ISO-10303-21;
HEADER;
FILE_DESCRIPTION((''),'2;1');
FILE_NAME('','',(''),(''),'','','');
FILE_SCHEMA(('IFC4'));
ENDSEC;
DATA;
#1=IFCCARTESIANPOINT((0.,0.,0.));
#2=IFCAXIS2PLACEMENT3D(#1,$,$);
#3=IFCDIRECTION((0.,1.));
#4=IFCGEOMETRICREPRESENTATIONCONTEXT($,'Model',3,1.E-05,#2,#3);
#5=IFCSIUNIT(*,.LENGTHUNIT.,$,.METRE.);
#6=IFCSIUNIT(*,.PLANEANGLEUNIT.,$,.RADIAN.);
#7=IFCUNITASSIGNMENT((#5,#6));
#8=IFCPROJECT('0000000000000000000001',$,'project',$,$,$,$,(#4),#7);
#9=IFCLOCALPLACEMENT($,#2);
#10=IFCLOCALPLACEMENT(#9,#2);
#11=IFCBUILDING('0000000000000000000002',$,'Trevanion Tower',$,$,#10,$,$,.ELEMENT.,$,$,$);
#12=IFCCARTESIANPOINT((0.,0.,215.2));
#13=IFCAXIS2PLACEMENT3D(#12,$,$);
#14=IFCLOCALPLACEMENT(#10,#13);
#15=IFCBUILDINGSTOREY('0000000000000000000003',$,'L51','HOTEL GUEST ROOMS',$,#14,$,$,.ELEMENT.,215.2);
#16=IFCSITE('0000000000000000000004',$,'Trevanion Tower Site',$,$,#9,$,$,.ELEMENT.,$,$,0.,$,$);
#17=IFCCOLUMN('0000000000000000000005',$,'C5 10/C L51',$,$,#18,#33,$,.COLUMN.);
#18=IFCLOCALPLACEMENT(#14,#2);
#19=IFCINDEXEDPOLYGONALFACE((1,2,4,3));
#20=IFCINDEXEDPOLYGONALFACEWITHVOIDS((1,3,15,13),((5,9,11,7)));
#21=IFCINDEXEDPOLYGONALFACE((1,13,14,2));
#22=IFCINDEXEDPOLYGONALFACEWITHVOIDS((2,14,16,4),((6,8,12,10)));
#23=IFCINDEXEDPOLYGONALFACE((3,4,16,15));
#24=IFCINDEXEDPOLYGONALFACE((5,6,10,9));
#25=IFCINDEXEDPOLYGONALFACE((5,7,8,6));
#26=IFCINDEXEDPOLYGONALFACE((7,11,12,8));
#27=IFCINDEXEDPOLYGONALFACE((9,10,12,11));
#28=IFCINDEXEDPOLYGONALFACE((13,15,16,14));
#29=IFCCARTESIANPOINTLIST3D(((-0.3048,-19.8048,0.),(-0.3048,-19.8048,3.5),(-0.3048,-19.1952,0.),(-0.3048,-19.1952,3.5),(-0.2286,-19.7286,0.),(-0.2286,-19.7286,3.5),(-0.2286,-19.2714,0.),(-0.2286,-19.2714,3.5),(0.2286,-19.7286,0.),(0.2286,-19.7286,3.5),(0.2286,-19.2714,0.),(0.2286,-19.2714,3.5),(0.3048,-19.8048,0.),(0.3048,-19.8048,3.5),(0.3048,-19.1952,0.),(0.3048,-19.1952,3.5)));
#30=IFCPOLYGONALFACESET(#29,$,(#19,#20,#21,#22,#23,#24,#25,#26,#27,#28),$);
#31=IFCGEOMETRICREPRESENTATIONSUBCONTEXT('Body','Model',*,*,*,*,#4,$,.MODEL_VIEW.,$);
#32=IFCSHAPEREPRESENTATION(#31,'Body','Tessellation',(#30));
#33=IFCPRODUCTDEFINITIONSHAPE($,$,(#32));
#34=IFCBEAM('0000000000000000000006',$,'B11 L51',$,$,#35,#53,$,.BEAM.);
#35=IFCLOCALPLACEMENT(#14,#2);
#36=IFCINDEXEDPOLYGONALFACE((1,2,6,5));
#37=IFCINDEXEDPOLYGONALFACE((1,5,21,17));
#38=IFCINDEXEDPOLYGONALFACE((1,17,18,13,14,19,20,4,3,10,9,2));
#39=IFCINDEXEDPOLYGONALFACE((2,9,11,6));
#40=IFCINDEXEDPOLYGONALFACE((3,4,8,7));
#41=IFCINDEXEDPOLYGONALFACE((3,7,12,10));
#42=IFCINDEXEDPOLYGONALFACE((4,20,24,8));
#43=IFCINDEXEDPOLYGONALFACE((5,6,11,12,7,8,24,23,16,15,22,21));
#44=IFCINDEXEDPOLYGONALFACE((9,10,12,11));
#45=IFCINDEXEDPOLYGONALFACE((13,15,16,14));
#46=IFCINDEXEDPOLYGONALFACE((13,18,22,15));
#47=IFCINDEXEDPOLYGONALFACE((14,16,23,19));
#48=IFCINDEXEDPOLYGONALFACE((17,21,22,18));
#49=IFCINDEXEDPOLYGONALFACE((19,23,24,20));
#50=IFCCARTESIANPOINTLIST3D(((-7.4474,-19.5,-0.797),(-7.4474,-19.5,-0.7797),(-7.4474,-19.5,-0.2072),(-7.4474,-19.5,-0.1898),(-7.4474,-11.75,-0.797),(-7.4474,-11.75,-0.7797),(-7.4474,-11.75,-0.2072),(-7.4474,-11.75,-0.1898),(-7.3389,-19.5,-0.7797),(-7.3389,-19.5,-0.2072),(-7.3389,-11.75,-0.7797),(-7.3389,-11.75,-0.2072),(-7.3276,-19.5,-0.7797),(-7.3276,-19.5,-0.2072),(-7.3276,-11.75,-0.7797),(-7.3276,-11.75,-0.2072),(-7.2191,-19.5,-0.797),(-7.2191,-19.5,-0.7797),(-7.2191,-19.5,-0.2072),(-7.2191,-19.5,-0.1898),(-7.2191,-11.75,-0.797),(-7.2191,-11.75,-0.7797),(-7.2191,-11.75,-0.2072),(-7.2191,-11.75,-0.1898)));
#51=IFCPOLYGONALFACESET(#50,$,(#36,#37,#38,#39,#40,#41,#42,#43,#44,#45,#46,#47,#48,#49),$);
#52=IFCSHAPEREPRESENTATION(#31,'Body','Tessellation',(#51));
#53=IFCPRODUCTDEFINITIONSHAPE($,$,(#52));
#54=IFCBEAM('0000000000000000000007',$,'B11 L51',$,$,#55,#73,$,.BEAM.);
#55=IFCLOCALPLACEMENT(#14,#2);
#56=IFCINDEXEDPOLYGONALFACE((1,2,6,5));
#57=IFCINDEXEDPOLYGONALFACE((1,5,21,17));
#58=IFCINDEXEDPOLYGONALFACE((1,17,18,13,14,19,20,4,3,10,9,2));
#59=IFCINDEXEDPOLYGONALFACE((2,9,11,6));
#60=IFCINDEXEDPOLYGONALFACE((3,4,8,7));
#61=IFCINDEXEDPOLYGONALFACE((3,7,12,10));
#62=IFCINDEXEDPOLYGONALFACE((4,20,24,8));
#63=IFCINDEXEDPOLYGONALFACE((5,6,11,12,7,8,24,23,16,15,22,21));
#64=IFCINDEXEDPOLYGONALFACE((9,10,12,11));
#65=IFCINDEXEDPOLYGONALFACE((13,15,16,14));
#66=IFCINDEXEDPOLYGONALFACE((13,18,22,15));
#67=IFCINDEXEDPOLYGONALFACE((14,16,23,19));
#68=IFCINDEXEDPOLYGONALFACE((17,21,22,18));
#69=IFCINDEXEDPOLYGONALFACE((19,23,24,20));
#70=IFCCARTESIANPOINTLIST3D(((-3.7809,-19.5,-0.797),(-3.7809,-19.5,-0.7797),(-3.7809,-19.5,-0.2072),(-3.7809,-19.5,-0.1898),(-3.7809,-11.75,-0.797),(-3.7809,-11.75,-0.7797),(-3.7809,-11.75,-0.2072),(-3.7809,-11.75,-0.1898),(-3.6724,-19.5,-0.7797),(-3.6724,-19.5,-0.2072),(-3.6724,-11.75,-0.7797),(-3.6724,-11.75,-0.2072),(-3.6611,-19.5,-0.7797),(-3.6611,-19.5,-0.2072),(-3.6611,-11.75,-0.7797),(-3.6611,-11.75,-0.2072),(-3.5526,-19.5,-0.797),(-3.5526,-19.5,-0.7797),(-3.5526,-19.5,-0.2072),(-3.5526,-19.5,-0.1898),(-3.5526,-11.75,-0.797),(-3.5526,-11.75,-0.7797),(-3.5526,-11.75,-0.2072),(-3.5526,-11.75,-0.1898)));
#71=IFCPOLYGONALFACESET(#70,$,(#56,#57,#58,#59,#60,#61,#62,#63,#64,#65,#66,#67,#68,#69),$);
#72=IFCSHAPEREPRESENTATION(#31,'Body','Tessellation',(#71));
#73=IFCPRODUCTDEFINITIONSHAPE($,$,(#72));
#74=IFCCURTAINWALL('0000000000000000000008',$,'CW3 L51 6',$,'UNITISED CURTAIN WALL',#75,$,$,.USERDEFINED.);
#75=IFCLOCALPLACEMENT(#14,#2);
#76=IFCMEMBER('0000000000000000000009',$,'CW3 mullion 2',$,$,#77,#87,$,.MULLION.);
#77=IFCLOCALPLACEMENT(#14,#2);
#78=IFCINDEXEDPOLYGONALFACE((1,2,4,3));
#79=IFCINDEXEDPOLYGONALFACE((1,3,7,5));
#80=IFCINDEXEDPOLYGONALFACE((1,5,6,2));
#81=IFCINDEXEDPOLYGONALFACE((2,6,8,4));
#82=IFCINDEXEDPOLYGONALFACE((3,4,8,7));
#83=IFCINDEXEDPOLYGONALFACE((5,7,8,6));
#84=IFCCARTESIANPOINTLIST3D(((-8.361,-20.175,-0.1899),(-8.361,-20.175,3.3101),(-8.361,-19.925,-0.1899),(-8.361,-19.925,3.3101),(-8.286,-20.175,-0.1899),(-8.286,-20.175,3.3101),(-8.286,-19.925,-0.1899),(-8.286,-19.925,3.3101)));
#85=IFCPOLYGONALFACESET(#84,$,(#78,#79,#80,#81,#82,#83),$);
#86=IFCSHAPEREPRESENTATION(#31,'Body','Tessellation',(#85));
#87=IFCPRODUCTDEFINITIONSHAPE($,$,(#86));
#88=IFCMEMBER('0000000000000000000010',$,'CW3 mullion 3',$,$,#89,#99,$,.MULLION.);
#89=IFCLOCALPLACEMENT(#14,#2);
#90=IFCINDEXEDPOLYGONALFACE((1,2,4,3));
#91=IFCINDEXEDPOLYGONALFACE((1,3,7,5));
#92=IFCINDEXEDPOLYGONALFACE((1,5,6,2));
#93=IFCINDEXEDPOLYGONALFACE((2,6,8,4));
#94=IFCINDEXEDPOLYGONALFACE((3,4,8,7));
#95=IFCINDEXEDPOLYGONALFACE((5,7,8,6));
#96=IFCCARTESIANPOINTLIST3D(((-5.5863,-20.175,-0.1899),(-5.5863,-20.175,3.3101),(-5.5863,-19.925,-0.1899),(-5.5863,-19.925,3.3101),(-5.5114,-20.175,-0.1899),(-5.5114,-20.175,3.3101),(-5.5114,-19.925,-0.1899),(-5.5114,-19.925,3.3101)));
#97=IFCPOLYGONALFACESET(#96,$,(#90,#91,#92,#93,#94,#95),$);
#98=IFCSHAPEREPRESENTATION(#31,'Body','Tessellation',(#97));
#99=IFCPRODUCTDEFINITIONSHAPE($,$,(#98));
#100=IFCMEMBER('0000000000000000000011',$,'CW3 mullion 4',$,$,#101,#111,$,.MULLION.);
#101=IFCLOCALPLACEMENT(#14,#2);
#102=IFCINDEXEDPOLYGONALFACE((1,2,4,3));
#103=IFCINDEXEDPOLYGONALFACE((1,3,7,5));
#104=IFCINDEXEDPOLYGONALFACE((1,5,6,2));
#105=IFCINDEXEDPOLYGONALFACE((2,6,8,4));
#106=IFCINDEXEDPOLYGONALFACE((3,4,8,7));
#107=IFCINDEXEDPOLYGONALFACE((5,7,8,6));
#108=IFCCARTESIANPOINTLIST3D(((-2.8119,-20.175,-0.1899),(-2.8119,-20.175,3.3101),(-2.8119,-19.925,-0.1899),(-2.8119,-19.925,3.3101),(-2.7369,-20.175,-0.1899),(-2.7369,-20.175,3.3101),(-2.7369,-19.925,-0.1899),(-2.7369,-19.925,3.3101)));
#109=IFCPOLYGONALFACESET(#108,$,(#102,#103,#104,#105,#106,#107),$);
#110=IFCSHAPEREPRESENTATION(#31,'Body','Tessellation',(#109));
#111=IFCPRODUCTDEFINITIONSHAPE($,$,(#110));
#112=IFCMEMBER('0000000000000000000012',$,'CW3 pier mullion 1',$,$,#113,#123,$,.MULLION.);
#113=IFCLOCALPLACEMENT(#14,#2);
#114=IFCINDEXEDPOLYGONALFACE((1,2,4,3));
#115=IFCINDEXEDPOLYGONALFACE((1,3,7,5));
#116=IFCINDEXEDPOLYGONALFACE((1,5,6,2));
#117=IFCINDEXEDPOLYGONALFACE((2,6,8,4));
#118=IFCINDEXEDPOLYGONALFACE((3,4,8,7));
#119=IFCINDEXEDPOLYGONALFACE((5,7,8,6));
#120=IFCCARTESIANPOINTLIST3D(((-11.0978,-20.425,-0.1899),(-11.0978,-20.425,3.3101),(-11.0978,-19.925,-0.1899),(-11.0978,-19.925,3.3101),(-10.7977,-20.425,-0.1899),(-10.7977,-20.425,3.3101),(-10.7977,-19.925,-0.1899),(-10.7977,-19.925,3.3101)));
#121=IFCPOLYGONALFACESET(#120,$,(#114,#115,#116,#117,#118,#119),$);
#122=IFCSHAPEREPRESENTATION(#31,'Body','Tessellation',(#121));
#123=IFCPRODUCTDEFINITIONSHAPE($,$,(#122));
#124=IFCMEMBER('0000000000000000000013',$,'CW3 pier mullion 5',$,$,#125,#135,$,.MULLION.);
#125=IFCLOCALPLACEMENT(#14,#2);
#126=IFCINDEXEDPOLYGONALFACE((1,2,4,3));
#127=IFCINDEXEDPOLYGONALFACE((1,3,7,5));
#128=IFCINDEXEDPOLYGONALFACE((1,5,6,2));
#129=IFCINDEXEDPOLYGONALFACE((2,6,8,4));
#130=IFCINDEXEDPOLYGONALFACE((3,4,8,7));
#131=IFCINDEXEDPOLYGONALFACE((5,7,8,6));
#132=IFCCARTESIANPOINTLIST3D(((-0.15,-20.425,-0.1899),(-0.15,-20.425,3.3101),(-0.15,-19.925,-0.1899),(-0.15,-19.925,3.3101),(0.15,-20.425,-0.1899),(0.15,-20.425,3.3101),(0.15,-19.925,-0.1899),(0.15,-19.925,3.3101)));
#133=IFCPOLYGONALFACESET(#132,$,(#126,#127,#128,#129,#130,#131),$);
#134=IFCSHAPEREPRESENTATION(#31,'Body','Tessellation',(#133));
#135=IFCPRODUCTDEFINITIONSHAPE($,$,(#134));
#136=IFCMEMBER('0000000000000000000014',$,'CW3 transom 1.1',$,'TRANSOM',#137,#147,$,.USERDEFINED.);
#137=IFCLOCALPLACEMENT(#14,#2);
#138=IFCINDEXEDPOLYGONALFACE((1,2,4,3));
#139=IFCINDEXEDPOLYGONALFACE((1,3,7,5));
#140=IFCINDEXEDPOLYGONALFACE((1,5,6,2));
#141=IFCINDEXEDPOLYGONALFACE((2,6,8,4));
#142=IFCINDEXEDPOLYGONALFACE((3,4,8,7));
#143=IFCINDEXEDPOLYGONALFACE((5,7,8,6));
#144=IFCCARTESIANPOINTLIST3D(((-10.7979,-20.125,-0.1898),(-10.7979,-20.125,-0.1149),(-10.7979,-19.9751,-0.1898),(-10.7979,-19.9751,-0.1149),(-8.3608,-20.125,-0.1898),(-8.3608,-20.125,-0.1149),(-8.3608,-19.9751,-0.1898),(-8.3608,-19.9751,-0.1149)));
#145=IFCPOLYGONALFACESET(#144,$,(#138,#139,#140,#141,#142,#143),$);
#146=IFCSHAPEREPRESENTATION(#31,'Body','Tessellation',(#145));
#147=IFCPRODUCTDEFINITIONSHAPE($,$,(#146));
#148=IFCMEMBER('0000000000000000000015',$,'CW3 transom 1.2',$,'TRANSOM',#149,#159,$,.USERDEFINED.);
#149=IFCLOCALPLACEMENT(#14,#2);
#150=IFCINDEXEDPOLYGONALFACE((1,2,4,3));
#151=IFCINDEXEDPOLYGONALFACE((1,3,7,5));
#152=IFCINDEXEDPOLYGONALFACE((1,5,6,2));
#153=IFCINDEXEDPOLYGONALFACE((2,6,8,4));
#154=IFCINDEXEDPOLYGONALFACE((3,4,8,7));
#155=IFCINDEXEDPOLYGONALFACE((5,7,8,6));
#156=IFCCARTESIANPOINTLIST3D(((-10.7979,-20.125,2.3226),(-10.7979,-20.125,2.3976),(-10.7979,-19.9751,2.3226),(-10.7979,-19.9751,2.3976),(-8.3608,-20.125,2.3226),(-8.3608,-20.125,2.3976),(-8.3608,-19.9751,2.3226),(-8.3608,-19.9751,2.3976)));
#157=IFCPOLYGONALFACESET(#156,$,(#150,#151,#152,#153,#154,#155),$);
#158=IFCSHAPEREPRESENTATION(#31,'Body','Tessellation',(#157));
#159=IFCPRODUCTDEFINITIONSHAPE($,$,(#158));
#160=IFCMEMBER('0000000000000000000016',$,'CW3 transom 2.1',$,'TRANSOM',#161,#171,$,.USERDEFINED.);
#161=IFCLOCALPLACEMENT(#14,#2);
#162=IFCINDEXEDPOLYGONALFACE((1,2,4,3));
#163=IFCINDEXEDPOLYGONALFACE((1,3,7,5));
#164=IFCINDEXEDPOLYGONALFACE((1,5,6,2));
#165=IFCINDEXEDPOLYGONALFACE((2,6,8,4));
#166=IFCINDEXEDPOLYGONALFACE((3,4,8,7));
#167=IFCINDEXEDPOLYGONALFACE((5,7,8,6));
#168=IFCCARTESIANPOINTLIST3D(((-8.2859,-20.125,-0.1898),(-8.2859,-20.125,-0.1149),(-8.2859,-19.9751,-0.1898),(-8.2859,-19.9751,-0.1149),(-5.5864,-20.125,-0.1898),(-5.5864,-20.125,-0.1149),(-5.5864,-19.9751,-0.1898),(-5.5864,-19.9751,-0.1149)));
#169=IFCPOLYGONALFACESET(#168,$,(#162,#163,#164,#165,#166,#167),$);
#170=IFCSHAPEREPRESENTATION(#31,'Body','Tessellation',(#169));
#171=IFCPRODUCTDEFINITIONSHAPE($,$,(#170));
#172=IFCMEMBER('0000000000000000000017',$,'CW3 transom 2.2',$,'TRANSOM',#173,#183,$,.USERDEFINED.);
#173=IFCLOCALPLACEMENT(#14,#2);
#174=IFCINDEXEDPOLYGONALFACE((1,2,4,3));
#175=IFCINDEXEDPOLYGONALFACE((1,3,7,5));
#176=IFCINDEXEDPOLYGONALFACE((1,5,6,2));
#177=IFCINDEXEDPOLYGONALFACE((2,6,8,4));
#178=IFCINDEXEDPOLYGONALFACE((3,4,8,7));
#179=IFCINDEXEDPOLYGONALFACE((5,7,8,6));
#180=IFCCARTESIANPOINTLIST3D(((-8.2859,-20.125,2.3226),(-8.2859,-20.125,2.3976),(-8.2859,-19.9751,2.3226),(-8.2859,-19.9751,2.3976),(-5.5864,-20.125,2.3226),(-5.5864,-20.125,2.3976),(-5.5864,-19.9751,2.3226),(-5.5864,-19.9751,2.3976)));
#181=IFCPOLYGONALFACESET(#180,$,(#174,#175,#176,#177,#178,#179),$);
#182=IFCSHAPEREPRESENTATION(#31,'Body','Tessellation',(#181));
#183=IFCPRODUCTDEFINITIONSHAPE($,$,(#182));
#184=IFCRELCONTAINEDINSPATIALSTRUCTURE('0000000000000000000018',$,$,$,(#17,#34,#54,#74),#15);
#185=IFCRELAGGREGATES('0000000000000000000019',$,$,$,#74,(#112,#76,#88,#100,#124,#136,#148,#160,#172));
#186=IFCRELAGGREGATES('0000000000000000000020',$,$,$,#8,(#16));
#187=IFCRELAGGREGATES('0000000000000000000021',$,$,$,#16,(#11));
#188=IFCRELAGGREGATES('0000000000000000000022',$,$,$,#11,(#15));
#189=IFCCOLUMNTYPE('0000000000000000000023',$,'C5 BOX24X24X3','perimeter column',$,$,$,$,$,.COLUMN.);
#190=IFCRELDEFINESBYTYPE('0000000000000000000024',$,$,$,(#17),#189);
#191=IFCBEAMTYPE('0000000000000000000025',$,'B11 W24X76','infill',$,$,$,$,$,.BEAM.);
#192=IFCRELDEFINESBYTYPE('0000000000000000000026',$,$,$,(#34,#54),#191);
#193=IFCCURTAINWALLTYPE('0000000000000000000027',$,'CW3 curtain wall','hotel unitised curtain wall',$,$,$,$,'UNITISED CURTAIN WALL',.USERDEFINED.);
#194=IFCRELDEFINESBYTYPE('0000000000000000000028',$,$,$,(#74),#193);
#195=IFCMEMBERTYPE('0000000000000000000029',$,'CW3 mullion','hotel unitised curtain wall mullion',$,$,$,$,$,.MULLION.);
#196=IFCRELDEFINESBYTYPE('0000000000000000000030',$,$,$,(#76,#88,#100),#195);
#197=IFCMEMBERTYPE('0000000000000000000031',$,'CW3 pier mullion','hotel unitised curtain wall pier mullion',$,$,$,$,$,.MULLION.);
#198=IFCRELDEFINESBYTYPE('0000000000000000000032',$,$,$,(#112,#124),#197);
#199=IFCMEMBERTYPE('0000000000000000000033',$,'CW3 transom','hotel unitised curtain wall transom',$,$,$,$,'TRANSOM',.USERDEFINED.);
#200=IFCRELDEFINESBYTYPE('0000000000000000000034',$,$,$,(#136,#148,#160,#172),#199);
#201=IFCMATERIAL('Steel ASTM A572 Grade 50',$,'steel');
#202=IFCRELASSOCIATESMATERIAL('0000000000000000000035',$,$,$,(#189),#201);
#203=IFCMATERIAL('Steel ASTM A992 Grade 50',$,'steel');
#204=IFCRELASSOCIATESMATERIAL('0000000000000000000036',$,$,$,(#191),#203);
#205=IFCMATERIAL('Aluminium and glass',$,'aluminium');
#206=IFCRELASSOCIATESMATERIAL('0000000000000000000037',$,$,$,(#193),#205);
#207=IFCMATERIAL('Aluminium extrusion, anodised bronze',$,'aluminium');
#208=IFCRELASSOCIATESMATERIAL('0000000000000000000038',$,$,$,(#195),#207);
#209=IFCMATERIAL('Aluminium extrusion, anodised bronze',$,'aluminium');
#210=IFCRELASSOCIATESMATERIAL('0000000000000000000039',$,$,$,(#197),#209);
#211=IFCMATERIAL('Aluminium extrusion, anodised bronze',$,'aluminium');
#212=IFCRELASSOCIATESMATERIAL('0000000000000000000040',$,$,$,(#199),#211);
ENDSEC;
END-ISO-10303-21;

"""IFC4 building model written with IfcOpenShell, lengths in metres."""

from ifc_helpers import new_model, si_unit, direction, frame, origin, origin_2d, place, context, subcontext, project, spatial, rectangle, hollow_rectangle, i_section, extrude, material, material_profile, profile_set, type_object, element, aggregate, save


model = new_model("IFC4")

# Units and contexts
model_context = context("Model", 3, precision=1e-05, world=origin(), true_north=direction((0.0, 1.0)))
body_context = subcontext(model_context, "Body", "Model", "MODEL_VIEW")
ifc_project = project(units=[si_unit("LENGTHUNIT", "METRE"), si_unit("PLANEANGLEUNIT", "RADIAN")], contexts=[model_context])

# Site, building, storey
site_placement = place(None, origin())
site = spatial("IfcSite", under=ifc_project, at=site_placement, Name="Trevanion Tower Site", CompositionType="ELEMENT", RefElevation=0.0)
building_placement = place(site_placement, origin())
building = spatial("IfcBuilding", under=site, at=building_placement, Name="Trevanion Tower", CompositionType="ELEMENT")
storey_placement = place(building_placement, frame((0.0, 0.0, 215.2)))
storey = spatial("IfcBuildingStorey", under=building, at=storey_placement, Name="L51", Description="HOTEL GUEST ROOMS", CompositionType="ELEMENT", Elevation=215.2)

# Column
ifc_material_1 = material(Name="Steel ASTM A572 Grade 50", Category="steel")
ifc_material_profile_1 = material_profile(ifc_material_1, hollow_rectangle(XDim=0.6096, YDim=0.6096, WallThickness=0.0762, at=origin_2d()), Name="BOX24X24X3")
ifc_profile_set_1 = profile_set([ifc_material_profile_1], Name="Steel ASTM A572 Grade 50")
column_type = type_object("IfcColumnType", Name="C5 BOX24X24X3", Description="perimeter column", PredefinedType="COLUMN", material=ifc_profile_set_1)
column_placement = place(storey_placement, frame((0.0, -19.5, 0.0), z_axis=(0.0, 0.0, 1.0), x_axis=(1.0, 0.0, 0.0)))
element("IfcColumn", 1, at=column_placement, inside=storey, type_object=column_type, Name="C5 10/C L51", PredefinedType="COLUMN", context=body_context, shape_type="SweptSolid", body=[
    extrude(hollow_rectangle(XDim=0.6096, YDim=0.6096, WallThickness=0.0762, at=origin_2d()), origin(), (0.0, 0.0, 1.0), 3.5),
])

# Beams
ifc_material_2 = material(Name="Steel ASTM A992 Grade 50", Category="steel")
ifc_material_profile_2 = material_profile(ifc_material_2, i_section(OverallWidth=0.2283, OverallDepth=0.6072, WebThickness=0.0112, FlangeThickness=0.0173, at=origin_2d()), Name="W24X76")
ifc_profile_set_2 = profile_set([ifc_material_profile_2], Name="Steel ASTM A992 Grade 50")
beam_type_1 = type_object("IfcBeamType", Name="B11 W24X76", Description="infill", PredefinedType="BEAM", material=ifc_profile_set_2)
for number, where, z_axis, x_axis, name in (
    (2, (-7.3333, -11.75, -0.4934), (0.0, -1.0, 0.0), (1.0, 0.0, 0.0), "B11 L51"),
    (3, (-3.6667, -11.75, -0.4934), (0.0, -1.0, 0.0), (1.0, 0.0, 0.0), "B11 L51"),
):
    element("IfcBeam", number, at=place(storey_placement, frame(where, z_axis=z_axis, x_axis=x_axis)), inside=storey, type_object=beam_type_1, Name=name, PredefinedType="BEAM", context=body_context, shape_type="SweptSolid", body=[
        extrude(i_section(OverallWidth=0.2283, OverallDepth=0.6072, WebThickness=0.0112, FlangeThickness=0.0173, at=origin_2d()), origin(), (0.0, 0.0, 1.0), 7.75),
    ])

# Curtain wall, members
ifc_material_3 = material(Name="Aluminium and glass", Category="aluminium")
curtain_wall_type = type_object("IfcCurtainWallType", Name="CW3 curtain wall", Description="hotel unitised curtain wall", ElementType="UNITISED CURTAIN WALL", PredefinedType="USERDEFINED", material=ifc_material_3)
curtain_wall_placement = place(storey_placement, origin())
curtain_wall = element("IfcCurtainWall", 4, at=curtain_wall_placement, inside=storey, type_object=curtain_wall_type, Name="CW3 L51 6", ObjectType="UNITISED CURTAIN WALL", PredefinedType="USERDEFINED")
ifc_material_4 = material(Name="Aluminium extrusion, anodised bronze", Category="aluminium")
ifc_material_profile_3 = material_profile(ifc_material_4, rectangle(XDim=0.075, YDim=0.25, at=origin_2d()), Name="CW3 mullion")
ifc_profile_set_3 = profile_set([ifc_material_profile_3], Name="Aluminium extrusion, anodised bronze")
member_type_1 = type_object("IfcMemberType", Name="CW3 mullion", Description="hotel unitised curtain wall mullion", PredefinedType="MULLION", material=ifc_profile_set_3)
member_1_placement = place(storey_placement, frame((-8.3235, -20.05, -0.1899), z_axis=(0.0, 0.0, 1.0), x_axis=(1.0, 0.0, 0.0)))
member_1 = element("IfcMember", 5, at=member_1_placement, type_object=member_type_1, Name="CW3 mullion 2", PredefinedType="MULLION", context=body_context, shape_type="SweptSolid", body=[
    extrude(rectangle(XDim=0.075, YDim=0.25, at=origin_2d()), origin(), (0.0, 0.0, 1.0), 3.5),
])
member_2_placement = place(storey_placement, frame((-5.5488, -20.05, -0.1899), z_axis=(0.0, 0.0, 1.0), x_axis=(1.0, 0.0, 0.0)))
member_2 = element("IfcMember", 6, at=member_2_placement, type_object=member_type_1, Name="CW3 mullion 3", PredefinedType="MULLION", context=body_context, shape_type="SweptSolid", body=[
    extrude(rectangle(XDim=0.075, YDim=0.25, at=origin_2d()), origin(), (0.0, 0.0, 1.0), 3.5),
])
member_3_placement = place(storey_placement, frame((-2.7744, -20.05, -0.1899), z_axis=(0.0, 0.0, 1.0), x_axis=(1.0, 0.0, 0.0)))
member_3 = element("IfcMember", 7, at=member_3_placement, type_object=member_type_1, Name="CW3 mullion 4", PredefinedType="MULLION", context=body_context, shape_type="SweptSolid", body=[
    extrude(rectangle(XDim=0.075, YDim=0.25, at=origin_2d()), origin(), (0.0, 0.0, 1.0), 3.5),
])
ifc_material_5 = material(Name="Aluminium extrusion, anodised bronze", Category="aluminium")
ifc_material_profile_4 = material_profile(ifc_material_5, rectangle(XDim=0.3, YDim=0.5, at=origin_2d()), Name="CW3 pier mullion")
ifc_profile_set_4 = profile_set([ifc_material_profile_4], Name="Aluminium extrusion, anodised bronze")
member_type_2 = type_object("IfcMemberType", Name="CW3 pier mullion", Description="hotel unitised curtain wall pier mullion", PredefinedType="MULLION", material=ifc_profile_set_4)
member_4_placement = place(storey_placement, frame((-10.9478, -20.175, -0.1899), z_axis=(0.0, 0.0, 1.0), x_axis=(1.0, 0.0, 0.0)))
member_4 = element("IfcMember", 8, at=member_4_placement, type_object=member_type_2, Name="CW3 pier mullion 1", PredefinedType="MULLION", context=body_context, shape_type="SweptSolid", body=[
    extrude(rectangle(XDim=0.3, YDim=0.5, at=origin_2d()), origin(), (0.0, 0.0, 1.0), 3.5),
])
member_5_placement = place(storey_placement, frame((0.0, -20.175, -0.1899), z_axis=(0.0, 0.0, 1.0), x_axis=(1.0, 0.0, 0.0)))
member_5 = element("IfcMember", 9, at=member_5_placement, type_object=member_type_2, Name="CW3 pier mullion 5", PredefinedType="MULLION", context=body_context, shape_type="SweptSolid", body=[
    extrude(rectangle(XDim=0.3, YDim=0.5, at=origin_2d()), origin(), (0.0, 0.0, 1.0), 3.5),
])
ifc_material_6 = material(Name="Aluminium extrusion, anodised bronze", Category="aluminium")
ifc_material_profile_5 = material_profile(ifc_material_6, rectangle(XDim=0.1499, YDim=0.075, at=origin_2d()), Name="CW3 transom")
ifc_profile_set_5 = profile_set([ifc_material_profile_5], Name="Aluminium extrusion, anodised bronze")
member_type_3 = type_object("IfcMemberType", Name="CW3 transom", Description="hotel unitised curtain wall transom", ElementType="TRANSOM", PredefinedType="USERDEFINED", material=ifc_profile_set_5)
member_6_placement = place(storey_placement, frame((-10.7979, -20.05, -0.1523), z_axis=(1.0, 0.0, 0.0), x_axis=(0.0, 1.0, 0.0)))
member_6 = element("IfcMember", 10, at=member_6_placement, type_object=member_type_3, Name="CW3 transom 1.1", ObjectType="TRANSOM", PredefinedType="USERDEFINED", context=body_context, shape_type="SweptSolid", body=[
    extrude(rectangle(XDim=0.1499, YDim=0.075, at=origin_2d()), origin(), (0.0, 0.0, 1.0), 2.437),
])
member_7_placement = place(storey_placement, frame((-10.7979, -20.05, 2.3601), z_axis=(1.0, 0.0, 0.0), x_axis=(0.0, 1.0, 0.0)))
member_7 = element("IfcMember", 11, at=member_7_placement, type_object=member_type_3, Name="CW3 transom 1.2", ObjectType="TRANSOM", PredefinedType="USERDEFINED", context=body_context, shape_type="SweptSolid", body=[
    extrude(rectangle(XDim=0.1499, YDim=0.075, at=origin_2d()), origin(), (0.0, 0.0, 1.0), 2.437),
])
member_8_placement = place(storey_placement, frame((-8.2859, -20.05, -0.1523), z_axis=(1.0, 0.0, 0.0), x_axis=(0.0, 1.0, 0.0)))
member_8 = element("IfcMember", 12, at=member_8_placement, type_object=member_type_3, Name="CW3 transom 2.1", ObjectType="TRANSOM", PredefinedType="USERDEFINED", context=body_context, shape_type="SweptSolid", body=[
    extrude(rectangle(XDim=0.1499, YDim=0.075, at=origin_2d()), origin(), (0.0, 0.0, 1.0), 2.6995),
])
member_9_placement = place(storey_placement, frame((-8.2859, -20.05, 2.3601), z_axis=(1.0, 0.0, 0.0), x_axis=(0.0, 1.0, 0.0)))
member_9 = element("IfcMember", 13, at=member_9_placement, type_object=member_type_3, Name="CW3 transom 2.2", ObjectType="TRANSOM", PredefinedType="USERDEFINED", context=body_context, shape_type="SweptSolid", body=[
    extrude(rectangle(XDim=0.1499, YDim=0.075, at=origin_2d()), origin(), (0.0, 0.0, 1.0), 2.6995),
])

aggregate(curtain_wall, [member_4, member_1, member_2, member_3, member_5, member_6, member_7, member_8, member_9])

save(model, "model.ifc")
